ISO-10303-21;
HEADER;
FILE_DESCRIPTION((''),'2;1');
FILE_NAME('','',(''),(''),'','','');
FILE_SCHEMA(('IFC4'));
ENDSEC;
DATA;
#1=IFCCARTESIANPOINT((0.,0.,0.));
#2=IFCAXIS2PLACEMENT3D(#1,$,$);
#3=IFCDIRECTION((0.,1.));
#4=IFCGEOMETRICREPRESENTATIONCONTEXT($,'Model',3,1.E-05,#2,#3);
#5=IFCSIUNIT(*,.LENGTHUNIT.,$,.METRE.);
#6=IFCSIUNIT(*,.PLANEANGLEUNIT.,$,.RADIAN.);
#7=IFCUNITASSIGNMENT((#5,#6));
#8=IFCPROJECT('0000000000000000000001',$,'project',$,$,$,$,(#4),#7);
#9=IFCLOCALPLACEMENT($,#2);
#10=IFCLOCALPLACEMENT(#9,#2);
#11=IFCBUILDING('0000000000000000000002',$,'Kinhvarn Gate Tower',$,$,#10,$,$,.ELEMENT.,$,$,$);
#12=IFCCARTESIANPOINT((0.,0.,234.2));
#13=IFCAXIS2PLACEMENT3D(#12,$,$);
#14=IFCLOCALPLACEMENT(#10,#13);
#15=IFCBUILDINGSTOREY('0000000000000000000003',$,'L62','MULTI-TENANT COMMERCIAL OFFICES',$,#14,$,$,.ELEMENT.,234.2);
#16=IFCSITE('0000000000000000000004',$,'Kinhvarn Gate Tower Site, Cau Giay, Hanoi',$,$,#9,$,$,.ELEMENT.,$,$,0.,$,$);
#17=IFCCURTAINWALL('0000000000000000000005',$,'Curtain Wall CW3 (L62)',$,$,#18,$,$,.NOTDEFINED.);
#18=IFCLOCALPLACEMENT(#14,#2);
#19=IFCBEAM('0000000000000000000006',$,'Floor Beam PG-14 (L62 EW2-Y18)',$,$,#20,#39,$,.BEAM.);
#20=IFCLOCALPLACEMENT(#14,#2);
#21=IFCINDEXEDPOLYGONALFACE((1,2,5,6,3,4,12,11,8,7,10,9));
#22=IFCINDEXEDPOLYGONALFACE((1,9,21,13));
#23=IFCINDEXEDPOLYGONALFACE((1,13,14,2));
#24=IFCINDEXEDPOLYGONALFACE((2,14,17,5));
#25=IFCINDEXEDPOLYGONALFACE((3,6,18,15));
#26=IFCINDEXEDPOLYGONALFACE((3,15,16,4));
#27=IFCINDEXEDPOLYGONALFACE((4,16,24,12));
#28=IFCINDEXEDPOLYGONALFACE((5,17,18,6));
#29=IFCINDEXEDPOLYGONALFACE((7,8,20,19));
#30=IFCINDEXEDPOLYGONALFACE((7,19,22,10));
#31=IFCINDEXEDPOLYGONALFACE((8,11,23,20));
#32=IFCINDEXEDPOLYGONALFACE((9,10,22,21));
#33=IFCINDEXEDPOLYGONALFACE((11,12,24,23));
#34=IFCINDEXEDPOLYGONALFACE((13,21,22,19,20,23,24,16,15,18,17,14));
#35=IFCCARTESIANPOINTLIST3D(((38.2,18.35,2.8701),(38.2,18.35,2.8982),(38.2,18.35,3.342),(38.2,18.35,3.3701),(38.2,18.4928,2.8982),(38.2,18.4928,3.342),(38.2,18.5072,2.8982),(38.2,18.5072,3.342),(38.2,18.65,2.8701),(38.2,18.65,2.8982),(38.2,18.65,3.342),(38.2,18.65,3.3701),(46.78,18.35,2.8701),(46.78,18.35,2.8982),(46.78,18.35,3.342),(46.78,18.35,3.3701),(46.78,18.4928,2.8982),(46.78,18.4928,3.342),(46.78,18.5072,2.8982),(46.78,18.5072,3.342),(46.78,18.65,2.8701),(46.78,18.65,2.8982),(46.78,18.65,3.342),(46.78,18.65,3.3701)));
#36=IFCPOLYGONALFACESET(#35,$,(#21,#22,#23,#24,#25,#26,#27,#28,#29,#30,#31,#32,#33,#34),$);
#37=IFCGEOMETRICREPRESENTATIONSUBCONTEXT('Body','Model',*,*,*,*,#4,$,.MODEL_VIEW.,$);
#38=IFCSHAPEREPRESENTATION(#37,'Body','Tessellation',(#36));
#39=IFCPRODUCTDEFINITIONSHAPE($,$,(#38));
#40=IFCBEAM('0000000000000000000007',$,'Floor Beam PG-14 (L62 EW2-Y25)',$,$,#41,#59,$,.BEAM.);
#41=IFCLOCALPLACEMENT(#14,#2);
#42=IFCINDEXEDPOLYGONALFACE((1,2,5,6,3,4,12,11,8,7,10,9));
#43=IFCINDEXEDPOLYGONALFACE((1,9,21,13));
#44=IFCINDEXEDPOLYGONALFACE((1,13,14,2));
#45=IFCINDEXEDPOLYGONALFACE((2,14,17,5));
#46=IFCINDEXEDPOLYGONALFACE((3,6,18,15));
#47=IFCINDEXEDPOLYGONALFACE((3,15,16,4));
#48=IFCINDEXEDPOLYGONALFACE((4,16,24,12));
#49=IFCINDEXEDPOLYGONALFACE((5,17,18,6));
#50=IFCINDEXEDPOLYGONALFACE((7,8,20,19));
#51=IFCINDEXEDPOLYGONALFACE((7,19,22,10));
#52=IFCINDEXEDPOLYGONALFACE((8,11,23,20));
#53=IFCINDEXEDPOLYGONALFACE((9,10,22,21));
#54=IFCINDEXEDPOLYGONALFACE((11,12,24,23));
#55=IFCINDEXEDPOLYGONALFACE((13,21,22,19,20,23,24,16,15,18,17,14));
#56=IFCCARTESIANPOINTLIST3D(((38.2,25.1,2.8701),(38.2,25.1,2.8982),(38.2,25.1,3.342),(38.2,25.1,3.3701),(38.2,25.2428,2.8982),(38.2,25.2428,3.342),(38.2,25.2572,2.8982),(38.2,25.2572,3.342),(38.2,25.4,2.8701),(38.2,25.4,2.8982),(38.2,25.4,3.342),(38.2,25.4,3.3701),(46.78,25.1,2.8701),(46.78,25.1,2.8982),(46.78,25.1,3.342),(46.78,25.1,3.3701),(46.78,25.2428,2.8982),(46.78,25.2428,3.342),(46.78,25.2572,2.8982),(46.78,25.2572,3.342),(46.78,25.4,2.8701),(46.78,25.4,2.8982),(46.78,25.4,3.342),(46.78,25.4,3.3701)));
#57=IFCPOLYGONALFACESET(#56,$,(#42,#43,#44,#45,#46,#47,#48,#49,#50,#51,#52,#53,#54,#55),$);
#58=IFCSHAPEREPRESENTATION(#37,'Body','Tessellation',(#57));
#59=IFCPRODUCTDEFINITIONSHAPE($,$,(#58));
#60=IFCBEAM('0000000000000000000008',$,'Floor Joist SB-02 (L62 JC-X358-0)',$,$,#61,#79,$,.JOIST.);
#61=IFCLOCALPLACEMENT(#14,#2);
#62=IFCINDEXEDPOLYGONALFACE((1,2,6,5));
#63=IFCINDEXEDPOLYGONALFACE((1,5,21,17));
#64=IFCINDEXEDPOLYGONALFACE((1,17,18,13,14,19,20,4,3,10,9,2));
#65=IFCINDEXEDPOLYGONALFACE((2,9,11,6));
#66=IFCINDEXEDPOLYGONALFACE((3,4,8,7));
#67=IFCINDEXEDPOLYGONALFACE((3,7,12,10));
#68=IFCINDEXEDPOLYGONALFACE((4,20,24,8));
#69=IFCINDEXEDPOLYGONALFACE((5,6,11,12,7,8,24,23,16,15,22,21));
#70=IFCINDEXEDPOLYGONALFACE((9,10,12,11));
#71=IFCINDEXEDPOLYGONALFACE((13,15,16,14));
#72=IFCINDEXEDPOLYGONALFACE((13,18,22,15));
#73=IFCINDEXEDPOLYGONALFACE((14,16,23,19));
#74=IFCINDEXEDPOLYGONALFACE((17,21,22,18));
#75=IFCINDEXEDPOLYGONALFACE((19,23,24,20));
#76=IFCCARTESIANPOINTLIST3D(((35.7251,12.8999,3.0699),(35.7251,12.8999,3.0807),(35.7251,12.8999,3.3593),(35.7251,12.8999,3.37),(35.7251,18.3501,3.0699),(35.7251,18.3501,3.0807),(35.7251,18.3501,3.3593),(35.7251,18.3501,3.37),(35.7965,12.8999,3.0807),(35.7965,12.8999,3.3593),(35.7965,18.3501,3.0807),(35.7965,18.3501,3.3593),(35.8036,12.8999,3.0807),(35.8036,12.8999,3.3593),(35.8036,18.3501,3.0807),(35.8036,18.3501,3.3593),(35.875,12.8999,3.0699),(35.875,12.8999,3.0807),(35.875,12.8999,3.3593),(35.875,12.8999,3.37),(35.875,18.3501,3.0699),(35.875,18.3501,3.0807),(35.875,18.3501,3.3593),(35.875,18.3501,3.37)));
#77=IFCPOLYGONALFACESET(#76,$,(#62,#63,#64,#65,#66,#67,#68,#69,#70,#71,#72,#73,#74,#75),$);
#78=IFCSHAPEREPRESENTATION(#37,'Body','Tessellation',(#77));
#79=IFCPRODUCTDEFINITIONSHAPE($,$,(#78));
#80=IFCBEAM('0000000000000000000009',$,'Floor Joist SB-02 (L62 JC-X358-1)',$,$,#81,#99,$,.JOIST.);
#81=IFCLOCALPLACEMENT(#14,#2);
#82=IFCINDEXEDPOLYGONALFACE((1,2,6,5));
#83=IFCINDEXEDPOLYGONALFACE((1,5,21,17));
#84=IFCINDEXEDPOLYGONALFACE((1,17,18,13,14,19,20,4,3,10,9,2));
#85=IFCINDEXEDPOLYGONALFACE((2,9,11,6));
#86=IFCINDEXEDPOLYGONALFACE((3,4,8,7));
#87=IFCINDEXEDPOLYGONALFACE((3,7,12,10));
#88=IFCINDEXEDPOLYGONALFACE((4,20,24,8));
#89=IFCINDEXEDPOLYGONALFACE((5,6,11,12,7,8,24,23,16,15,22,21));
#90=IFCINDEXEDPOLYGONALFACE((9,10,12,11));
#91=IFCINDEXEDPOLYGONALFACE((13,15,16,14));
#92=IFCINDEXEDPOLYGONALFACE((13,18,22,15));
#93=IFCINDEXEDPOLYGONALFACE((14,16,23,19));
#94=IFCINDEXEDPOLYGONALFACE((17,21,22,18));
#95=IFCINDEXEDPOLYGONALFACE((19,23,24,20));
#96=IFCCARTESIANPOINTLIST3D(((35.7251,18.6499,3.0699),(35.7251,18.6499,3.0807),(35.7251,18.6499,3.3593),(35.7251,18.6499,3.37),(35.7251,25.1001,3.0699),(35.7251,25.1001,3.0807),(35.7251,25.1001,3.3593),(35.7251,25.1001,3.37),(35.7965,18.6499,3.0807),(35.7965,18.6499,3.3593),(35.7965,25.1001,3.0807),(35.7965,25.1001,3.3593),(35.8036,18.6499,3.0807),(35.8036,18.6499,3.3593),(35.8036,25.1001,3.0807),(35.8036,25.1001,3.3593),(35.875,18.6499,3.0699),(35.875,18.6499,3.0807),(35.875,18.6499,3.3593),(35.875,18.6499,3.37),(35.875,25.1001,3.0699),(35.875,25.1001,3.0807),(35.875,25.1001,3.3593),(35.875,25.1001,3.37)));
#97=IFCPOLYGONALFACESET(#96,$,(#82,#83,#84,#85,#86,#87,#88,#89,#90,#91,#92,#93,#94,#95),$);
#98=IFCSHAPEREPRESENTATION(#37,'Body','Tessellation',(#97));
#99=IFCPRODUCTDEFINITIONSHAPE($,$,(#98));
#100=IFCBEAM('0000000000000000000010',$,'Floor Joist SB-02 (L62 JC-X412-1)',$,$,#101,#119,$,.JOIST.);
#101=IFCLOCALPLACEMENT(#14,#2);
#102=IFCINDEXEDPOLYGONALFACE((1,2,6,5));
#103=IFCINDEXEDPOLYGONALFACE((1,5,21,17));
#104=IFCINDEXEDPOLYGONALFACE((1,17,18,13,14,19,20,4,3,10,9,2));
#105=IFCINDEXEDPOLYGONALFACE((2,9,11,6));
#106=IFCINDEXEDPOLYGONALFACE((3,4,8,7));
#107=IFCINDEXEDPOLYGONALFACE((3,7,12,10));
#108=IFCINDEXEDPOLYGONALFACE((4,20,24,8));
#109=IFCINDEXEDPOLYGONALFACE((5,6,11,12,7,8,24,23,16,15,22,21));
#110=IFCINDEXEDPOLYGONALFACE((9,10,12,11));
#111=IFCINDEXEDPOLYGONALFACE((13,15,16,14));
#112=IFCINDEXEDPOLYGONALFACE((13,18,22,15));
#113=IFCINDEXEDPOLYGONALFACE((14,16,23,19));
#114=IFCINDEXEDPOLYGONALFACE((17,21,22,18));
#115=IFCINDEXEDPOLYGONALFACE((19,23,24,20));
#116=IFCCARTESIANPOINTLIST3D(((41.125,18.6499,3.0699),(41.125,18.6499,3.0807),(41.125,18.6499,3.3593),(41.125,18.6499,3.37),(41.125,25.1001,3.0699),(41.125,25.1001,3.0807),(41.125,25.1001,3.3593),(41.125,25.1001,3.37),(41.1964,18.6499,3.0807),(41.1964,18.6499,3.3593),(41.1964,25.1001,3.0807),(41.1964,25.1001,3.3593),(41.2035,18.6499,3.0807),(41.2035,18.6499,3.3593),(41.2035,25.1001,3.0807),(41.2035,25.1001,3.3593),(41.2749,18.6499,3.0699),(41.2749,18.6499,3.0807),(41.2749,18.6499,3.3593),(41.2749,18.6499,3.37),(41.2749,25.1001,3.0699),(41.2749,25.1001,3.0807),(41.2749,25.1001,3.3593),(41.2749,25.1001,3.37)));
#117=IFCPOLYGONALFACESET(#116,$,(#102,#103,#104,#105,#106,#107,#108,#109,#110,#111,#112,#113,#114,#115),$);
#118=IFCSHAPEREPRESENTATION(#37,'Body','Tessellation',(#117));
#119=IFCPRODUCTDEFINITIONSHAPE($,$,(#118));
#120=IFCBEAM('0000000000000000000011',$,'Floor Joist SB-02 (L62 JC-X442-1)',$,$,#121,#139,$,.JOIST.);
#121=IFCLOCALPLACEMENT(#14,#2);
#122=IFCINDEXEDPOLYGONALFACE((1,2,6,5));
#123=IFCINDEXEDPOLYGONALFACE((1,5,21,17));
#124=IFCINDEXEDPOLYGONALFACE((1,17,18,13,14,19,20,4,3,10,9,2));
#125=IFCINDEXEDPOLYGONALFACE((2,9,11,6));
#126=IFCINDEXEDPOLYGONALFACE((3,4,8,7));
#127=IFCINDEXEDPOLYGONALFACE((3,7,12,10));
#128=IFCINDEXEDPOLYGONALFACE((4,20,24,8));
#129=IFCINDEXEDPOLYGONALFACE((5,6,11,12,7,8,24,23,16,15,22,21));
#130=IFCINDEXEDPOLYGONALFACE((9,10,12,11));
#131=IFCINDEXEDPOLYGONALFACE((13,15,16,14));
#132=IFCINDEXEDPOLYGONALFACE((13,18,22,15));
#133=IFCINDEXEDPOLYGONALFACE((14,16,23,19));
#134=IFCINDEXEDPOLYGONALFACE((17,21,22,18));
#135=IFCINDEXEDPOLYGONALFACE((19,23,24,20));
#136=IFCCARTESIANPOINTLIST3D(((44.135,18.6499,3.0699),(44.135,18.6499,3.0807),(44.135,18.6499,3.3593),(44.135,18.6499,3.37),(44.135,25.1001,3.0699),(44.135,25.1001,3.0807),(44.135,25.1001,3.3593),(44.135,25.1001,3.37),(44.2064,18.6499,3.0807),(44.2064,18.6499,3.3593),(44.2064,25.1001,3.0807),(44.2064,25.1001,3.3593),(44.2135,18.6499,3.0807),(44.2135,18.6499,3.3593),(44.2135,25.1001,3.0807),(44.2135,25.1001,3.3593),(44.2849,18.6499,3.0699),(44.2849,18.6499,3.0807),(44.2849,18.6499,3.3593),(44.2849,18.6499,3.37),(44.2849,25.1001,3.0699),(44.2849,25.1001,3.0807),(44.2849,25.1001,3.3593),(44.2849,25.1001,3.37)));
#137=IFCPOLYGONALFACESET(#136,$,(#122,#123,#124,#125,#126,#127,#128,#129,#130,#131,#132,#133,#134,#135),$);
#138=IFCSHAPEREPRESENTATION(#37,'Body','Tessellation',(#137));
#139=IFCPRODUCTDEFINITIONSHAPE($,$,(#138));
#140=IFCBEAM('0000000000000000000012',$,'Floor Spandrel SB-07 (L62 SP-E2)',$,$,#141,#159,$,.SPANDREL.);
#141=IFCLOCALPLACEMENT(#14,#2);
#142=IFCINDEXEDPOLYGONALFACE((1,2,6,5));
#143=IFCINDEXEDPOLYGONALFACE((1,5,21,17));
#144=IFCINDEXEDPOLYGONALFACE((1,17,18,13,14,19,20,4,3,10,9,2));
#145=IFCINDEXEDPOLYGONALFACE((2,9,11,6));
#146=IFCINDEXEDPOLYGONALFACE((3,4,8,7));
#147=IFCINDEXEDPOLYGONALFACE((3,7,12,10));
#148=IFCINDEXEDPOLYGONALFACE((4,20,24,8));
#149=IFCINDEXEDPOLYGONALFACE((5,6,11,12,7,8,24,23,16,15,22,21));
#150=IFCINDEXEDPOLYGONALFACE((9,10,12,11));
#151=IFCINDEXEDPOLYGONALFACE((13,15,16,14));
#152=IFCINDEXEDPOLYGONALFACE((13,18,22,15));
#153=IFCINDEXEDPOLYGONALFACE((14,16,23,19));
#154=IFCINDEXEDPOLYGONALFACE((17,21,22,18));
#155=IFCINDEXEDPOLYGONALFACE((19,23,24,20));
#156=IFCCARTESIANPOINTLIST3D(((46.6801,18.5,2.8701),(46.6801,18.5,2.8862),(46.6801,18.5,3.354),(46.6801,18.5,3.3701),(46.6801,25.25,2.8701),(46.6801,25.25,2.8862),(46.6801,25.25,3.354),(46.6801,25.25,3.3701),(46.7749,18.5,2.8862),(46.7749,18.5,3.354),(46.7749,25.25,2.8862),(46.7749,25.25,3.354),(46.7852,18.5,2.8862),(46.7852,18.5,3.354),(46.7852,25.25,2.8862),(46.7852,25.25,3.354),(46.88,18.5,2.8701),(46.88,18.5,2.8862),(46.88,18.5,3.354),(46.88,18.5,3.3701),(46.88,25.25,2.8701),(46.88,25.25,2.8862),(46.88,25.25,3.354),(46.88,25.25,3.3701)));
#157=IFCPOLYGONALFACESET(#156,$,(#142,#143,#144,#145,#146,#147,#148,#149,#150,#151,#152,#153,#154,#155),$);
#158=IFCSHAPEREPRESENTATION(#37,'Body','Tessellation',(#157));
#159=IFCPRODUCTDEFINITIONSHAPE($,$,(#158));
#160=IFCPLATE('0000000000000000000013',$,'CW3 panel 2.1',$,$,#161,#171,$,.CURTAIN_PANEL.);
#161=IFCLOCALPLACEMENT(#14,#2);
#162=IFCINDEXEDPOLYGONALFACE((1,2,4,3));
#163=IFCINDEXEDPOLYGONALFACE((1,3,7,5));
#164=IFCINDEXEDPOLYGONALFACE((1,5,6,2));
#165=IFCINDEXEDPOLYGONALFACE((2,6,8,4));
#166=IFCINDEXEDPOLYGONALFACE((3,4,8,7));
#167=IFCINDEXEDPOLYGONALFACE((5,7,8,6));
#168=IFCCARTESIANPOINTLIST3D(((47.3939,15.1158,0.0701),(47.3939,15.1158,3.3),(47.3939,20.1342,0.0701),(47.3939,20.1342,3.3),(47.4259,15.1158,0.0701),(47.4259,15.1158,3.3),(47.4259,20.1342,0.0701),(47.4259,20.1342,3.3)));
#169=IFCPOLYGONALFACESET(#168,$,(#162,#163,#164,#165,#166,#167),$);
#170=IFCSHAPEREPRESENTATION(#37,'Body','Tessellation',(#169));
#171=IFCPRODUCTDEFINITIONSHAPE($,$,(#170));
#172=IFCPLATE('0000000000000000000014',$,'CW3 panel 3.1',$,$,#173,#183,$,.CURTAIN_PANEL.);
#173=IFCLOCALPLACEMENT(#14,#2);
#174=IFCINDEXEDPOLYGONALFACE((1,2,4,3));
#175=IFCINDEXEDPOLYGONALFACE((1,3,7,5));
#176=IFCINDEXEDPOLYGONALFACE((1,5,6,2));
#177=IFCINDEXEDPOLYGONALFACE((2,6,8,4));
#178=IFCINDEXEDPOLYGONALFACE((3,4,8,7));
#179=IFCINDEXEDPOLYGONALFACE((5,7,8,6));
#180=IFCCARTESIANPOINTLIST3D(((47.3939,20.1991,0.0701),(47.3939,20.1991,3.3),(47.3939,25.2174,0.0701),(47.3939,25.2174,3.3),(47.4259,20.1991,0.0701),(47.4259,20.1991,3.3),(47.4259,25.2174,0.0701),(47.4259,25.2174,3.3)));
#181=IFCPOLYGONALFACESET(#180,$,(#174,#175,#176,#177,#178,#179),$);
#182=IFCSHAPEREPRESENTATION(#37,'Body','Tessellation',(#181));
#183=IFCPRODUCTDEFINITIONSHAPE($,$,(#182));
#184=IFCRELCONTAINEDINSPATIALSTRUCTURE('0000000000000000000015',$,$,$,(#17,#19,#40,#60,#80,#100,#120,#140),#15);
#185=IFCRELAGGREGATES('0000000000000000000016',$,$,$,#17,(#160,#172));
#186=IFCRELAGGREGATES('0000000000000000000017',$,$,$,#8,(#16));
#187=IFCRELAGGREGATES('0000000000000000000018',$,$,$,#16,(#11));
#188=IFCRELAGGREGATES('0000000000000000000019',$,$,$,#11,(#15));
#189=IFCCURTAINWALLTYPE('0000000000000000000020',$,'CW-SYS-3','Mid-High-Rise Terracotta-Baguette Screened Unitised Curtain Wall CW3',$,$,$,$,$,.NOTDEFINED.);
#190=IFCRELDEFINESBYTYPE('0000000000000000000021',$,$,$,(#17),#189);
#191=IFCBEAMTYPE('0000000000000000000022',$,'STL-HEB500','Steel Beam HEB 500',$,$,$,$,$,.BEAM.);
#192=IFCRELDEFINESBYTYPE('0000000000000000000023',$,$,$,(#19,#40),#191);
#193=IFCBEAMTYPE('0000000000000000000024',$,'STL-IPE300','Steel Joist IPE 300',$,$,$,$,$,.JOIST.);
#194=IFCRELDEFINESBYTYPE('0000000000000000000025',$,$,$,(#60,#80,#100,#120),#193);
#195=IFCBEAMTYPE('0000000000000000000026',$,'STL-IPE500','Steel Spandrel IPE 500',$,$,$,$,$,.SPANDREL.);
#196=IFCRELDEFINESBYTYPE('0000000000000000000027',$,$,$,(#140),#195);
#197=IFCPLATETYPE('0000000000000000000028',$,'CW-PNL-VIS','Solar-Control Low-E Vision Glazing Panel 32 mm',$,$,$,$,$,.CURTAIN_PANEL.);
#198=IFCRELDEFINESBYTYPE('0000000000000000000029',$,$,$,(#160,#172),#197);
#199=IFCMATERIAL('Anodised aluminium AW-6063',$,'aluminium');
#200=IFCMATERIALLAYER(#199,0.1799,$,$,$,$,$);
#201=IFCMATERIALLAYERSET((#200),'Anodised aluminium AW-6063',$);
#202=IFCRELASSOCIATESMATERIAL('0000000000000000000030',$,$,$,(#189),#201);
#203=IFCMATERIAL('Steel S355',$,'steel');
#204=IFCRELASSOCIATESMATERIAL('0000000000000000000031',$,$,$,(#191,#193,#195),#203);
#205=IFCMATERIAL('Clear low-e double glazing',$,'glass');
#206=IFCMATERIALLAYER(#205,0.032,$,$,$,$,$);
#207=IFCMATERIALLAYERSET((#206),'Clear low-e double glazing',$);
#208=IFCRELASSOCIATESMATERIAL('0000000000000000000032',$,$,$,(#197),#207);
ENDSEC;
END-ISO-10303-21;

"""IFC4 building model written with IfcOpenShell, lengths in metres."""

from ifc_helpers import new_model, si_unit, direction, frame, origin, origin_2d, place, context, subcontext, project, spatial, rectangle, i_section, extrude, material, layer, layer_set, material_profile, profile_set, type_object, element, aggregate, save


model = new_model("IFC4")

# Units and contexts
model_context = context("Model", 3, precision=1e-05, world=origin(), true_north=direction((0.0, 1.0)))
body_context = subcontext(model_context, "Body", "Model", "MODEL_VIEW")
ifc_project = project(units=[si_unit("LENGTHUNIT", "METRE"), si_unit("PLANEANGLEUNIT", "RADIAN")], contexts=[model_context])

# Site, building, storey
site_placement = place(None, origin())
site = spatial("IfcSite", under=ifc_project, at=site_placement, Name="Kinhvarn Gate Tower Site, Cau Giay, Hanoi", CompositionType="ELEMENT", RefElevation=0.0)
building_placement = place(site_placement, origin())
building = spatial("IfcBuilding", under=site, at=building_placement, Name="Kinhvarn Gate Tower", CompositionType="ELEMENT")
storey_placement = place(building_placement, frame((0.0, 0.0, 234.2)))
storey = spatial("IfcBuildingStorey", under=building, at=storey_placement, Name="L62", Description="MULTI-TENANT COMMERCIAL OFFICES", CompositionType="ELEMENT", Elevation=234.2)

# Curtain wall
ifc_material_1 = material(Name="Anodised aluminium AW-6063", Category="aluminium")
ifc_layer_1 = layer(ifc_material_1, 0.1799)
ifc_layer_set_1 = layer_set([ifc_layer_1], Name="Anodised aluminium AW-6063")
curtain_wall_type = type_object("IfcCurtainWallType", Name="CW-SYS-3", Description="Mid-High-Rise Terracotta-Baguette Screened Unitised Curtain Wall CW3", PredefinedType="NOTDEFINED", material=ifc_layer_set_1)
curtain_wall_placement = place(storey_placement, origin())
curtain_wall = element("IfcCurtainWall", 1, at=curtain_wall_placement, inside=storey, type_object=curtain_wall_type, Name="Curtain Wall CW3 (L62)", PredefinedType="NOTDEFINED")

# Beams
ifc_material_2 = material(Name="Steel S355", Category="steel")
ifc_material_profile_1 = material_profile(ifc_material_2, i_section(OverallWidth=0.3, OverallDepth=0.5, WebThickness=0.0144, FlangeThickness=0.0281, at=origin_2d()), Name="HEB 500")
ifc_profile_set_1 = profile_set([ifc_material_profile_1], Name="Steel S355")
beam_type_1 = type_object("IfcBeamType", Name="STL-HEB500", Description="Steel Beam HEB 500", PredefinedType="BEAM", material=ifc_profile_set_1)
for number, where, z_axis, x_axis, name in (
    (2, (38.2, 18.5, 3.1201), (1.0, 0.0, 0.0), (0.0, 1.0, 0.0), "Floor Beam PG-14 (L62 EW2-Y18)"),
    (3, (38.2, 25.25, 3.1201), (1.0, 0.0, 0.0), (0.0, 1.0, 0.0), "Floor Beam PG-14 (L62 EW2-Y25)"),
):
    element("IfcBeam", number, at=place(storey_placement, frame(where, z_axis=z_axis, x_axis=x_axis)), inside=storey, type_object=beam_type_1, Name=name, PredefinedType="BEAM", context=body_context, shape_type="SweptSolid", body=[
        extrude(i_section(OverallWidth=0.3, OverallDepth=0.5, WebThickness=0.0144, FlangeThickness=0.0281, at=origin_2d()), origin(), (0.0, 0.0, 1.0), 8.5801),
    ])
ifc_material_profile_2 = material_profile(ifc_material_2, i_section(OverallWidth=0.1499, OverallDepth=0.3, WebThickness=0.0071, FlangeThickness=0.0107, at=origin_2d()), Name="IPE 300")
ifc_profile_set_2 = profile_set([ifc_material_profile_2], Name="Steel S355")
beam_type_2 = type_object("IfcBeamType", Name="STL-IPE300", Description="Steel Joist IPE 300", PredefinedType="JOIST", material=ifc_profile_set_2)
beam_1_placement = place(storey_placement, frame((35.8, 12.8999, 3.22), z_axis=(0.0, 1.0, 0.0), x_axis=(-1.0, 0.0, 0.0)))
element("IfcBeam", 4, at=beam_1_placement, inside=storey, type_object=beam_type_2, Name="Floor Joist SB-02 (L62 JC-X358-0)", PredefinedType="JOIST", context=body_context, shape_type="SweptSolid", body=[
    extrude(i_section(OverallWidth=0.1499, OverallDepth=0.3, WebThickness=0.0071, FlangeThickness=0.0107, at=origin_2d()), origin(), (0.0, 0.0, 1.0), 5.4502),
])
for number, where, z_axis, x_axis, name in (
    (5, (35.8, 18.6499, 3.22), (0.0, 1.0, 0.0), (-1.0, 0.0, 0.0), "Floor Joist SB-02 (L62 JC-X358-1)"),
    (6, (41.2, 18.6499, 3.22), (0.0, 1.0, 0.0), (-1.0, 0.0, 0.0), "Floor Joist SB-02 (L62 JC-X412-1)"),
    (7, (44.21, 18.6499, 3.22), (0.0, 1.0, 0.0), (-1.0, 0.0, 0.0), "Floor Joist SB-02 (L62 JC-X442-1)"),
):
    element("IfcBeam", number, at=place(storey_placement, frame(where, z_axis=z_axis, x_axis=x_axis)), inside=storey, type_object=beam_type_2, Name=name, PredefinedType="JOIST", context=body_context, shape_type="SweptSolid", body=[
        extrude(i_section(OverallWidth=0.1499, OverallDepth=0.3, WebThickness=0.0071, FlangeThickness=0.0107, at=origin_2d()), origin(), (0.0, 0.0, 1.0), 6.4502),
    ])
ifc_material_profile_3 = material_profile(ifc_material_2, i_section(OverallWidth=0.2, OverallDepth=0.5, WebThickness=0.0103, FlangeThickness=0.0161, at=origin_2d()), Name="IPE 500")
ifc_profile_set_3 = profile_set([ifc_material_profile_3], Name="Steel S355")
beam_type_3 = type_object("IfcBeamType", Name="STL-IPE500", Description="Steel Spandrel IPE 500", PredefinedType="SPANDREL", material=ifc_profile_set_3)
beam_2_placement = place(storey_placement, frame((46.78, 18.5, 3.1201), z_axis=(0.0, 1.0, 0.0), x_axis=(-1.0, 0.0, 0.0)))
element("IfcBeam", 8, at=beam_2_placement, inside=storey, type_object=beam_type_3, Name="Floor Spandrel SB-07 (L62 SP-E2)", PredefinedType="SPANDREL", context=body_context, shape_type="SweptSolid", body=[
    extrude(i_section(OverallWidth=0.2, OverallDepth=0.5, WebThickness=0.0103, FlangeThickness=0.0161, at=origin_2d()), origin(), (0.0, 0.0, 1.0), 6.75),
])

# Plates
ifc_material_3 = material(Name="Clear low-e double glazing", Category="glass")
ifc_layer_2 = layer(ifc_material_3, 0.032)
ifc_layer_set_2 = layer_set([ifc_layer_2], Name="Clear low-e double glazing")
plate_type = type_object("IfcPlateType", Name="CW-PNL-VIS", Description="Solar-Control Low-E Vision Glazing Panel 32 mm", PredefinedType="CURTAIN_PANEL", material=ifc_layer_set_2)
plate_1_placement = place(storey_placement, frame((47.4099, 17.625, 0.0701), z_axis=(0.0, 0.0, 1.0), x_axis=(0.0, 1.0, 0.0)))
plate_1 = element("IfcPlate", 9, at=plate_1_placement, type_object=plate_type, Name="CW3 panel 2.1", PredefinedType="CURTAIN_PANEL", context=body_context, shape_type="SweptSolid", body=[
    extrude(rectangle(XDim=5.0183, YDim=0.032, at=origin_2d()), origin(), (0.0, 0.0, 1.0), 3.23),
])
plate_2_placement = place(storey_placement, frame((47.4099, 22.7083, 0.0701), z_axis=(0.0, 0.0, 1.0), x_axis=(0.0, 1.0, 0.0)))
plate_2 = element("IfcPlate", 10, at=plate_2_placement, type_object=plate_type, Name="CW3 panel 3.1", PredefinedType="CURTAIN_PANEL", context=body_context, shape_type="SweptSolid", body=[
    extrude(rectangle(XDim=5.0183, YDim=0.032, at=origin_2d()), origin(), (0.0, 0.0, 1.0), 3.23),
])
aggregate(curtain_wall, [plate_1, plate_2])

save(model, "model.ifc")
